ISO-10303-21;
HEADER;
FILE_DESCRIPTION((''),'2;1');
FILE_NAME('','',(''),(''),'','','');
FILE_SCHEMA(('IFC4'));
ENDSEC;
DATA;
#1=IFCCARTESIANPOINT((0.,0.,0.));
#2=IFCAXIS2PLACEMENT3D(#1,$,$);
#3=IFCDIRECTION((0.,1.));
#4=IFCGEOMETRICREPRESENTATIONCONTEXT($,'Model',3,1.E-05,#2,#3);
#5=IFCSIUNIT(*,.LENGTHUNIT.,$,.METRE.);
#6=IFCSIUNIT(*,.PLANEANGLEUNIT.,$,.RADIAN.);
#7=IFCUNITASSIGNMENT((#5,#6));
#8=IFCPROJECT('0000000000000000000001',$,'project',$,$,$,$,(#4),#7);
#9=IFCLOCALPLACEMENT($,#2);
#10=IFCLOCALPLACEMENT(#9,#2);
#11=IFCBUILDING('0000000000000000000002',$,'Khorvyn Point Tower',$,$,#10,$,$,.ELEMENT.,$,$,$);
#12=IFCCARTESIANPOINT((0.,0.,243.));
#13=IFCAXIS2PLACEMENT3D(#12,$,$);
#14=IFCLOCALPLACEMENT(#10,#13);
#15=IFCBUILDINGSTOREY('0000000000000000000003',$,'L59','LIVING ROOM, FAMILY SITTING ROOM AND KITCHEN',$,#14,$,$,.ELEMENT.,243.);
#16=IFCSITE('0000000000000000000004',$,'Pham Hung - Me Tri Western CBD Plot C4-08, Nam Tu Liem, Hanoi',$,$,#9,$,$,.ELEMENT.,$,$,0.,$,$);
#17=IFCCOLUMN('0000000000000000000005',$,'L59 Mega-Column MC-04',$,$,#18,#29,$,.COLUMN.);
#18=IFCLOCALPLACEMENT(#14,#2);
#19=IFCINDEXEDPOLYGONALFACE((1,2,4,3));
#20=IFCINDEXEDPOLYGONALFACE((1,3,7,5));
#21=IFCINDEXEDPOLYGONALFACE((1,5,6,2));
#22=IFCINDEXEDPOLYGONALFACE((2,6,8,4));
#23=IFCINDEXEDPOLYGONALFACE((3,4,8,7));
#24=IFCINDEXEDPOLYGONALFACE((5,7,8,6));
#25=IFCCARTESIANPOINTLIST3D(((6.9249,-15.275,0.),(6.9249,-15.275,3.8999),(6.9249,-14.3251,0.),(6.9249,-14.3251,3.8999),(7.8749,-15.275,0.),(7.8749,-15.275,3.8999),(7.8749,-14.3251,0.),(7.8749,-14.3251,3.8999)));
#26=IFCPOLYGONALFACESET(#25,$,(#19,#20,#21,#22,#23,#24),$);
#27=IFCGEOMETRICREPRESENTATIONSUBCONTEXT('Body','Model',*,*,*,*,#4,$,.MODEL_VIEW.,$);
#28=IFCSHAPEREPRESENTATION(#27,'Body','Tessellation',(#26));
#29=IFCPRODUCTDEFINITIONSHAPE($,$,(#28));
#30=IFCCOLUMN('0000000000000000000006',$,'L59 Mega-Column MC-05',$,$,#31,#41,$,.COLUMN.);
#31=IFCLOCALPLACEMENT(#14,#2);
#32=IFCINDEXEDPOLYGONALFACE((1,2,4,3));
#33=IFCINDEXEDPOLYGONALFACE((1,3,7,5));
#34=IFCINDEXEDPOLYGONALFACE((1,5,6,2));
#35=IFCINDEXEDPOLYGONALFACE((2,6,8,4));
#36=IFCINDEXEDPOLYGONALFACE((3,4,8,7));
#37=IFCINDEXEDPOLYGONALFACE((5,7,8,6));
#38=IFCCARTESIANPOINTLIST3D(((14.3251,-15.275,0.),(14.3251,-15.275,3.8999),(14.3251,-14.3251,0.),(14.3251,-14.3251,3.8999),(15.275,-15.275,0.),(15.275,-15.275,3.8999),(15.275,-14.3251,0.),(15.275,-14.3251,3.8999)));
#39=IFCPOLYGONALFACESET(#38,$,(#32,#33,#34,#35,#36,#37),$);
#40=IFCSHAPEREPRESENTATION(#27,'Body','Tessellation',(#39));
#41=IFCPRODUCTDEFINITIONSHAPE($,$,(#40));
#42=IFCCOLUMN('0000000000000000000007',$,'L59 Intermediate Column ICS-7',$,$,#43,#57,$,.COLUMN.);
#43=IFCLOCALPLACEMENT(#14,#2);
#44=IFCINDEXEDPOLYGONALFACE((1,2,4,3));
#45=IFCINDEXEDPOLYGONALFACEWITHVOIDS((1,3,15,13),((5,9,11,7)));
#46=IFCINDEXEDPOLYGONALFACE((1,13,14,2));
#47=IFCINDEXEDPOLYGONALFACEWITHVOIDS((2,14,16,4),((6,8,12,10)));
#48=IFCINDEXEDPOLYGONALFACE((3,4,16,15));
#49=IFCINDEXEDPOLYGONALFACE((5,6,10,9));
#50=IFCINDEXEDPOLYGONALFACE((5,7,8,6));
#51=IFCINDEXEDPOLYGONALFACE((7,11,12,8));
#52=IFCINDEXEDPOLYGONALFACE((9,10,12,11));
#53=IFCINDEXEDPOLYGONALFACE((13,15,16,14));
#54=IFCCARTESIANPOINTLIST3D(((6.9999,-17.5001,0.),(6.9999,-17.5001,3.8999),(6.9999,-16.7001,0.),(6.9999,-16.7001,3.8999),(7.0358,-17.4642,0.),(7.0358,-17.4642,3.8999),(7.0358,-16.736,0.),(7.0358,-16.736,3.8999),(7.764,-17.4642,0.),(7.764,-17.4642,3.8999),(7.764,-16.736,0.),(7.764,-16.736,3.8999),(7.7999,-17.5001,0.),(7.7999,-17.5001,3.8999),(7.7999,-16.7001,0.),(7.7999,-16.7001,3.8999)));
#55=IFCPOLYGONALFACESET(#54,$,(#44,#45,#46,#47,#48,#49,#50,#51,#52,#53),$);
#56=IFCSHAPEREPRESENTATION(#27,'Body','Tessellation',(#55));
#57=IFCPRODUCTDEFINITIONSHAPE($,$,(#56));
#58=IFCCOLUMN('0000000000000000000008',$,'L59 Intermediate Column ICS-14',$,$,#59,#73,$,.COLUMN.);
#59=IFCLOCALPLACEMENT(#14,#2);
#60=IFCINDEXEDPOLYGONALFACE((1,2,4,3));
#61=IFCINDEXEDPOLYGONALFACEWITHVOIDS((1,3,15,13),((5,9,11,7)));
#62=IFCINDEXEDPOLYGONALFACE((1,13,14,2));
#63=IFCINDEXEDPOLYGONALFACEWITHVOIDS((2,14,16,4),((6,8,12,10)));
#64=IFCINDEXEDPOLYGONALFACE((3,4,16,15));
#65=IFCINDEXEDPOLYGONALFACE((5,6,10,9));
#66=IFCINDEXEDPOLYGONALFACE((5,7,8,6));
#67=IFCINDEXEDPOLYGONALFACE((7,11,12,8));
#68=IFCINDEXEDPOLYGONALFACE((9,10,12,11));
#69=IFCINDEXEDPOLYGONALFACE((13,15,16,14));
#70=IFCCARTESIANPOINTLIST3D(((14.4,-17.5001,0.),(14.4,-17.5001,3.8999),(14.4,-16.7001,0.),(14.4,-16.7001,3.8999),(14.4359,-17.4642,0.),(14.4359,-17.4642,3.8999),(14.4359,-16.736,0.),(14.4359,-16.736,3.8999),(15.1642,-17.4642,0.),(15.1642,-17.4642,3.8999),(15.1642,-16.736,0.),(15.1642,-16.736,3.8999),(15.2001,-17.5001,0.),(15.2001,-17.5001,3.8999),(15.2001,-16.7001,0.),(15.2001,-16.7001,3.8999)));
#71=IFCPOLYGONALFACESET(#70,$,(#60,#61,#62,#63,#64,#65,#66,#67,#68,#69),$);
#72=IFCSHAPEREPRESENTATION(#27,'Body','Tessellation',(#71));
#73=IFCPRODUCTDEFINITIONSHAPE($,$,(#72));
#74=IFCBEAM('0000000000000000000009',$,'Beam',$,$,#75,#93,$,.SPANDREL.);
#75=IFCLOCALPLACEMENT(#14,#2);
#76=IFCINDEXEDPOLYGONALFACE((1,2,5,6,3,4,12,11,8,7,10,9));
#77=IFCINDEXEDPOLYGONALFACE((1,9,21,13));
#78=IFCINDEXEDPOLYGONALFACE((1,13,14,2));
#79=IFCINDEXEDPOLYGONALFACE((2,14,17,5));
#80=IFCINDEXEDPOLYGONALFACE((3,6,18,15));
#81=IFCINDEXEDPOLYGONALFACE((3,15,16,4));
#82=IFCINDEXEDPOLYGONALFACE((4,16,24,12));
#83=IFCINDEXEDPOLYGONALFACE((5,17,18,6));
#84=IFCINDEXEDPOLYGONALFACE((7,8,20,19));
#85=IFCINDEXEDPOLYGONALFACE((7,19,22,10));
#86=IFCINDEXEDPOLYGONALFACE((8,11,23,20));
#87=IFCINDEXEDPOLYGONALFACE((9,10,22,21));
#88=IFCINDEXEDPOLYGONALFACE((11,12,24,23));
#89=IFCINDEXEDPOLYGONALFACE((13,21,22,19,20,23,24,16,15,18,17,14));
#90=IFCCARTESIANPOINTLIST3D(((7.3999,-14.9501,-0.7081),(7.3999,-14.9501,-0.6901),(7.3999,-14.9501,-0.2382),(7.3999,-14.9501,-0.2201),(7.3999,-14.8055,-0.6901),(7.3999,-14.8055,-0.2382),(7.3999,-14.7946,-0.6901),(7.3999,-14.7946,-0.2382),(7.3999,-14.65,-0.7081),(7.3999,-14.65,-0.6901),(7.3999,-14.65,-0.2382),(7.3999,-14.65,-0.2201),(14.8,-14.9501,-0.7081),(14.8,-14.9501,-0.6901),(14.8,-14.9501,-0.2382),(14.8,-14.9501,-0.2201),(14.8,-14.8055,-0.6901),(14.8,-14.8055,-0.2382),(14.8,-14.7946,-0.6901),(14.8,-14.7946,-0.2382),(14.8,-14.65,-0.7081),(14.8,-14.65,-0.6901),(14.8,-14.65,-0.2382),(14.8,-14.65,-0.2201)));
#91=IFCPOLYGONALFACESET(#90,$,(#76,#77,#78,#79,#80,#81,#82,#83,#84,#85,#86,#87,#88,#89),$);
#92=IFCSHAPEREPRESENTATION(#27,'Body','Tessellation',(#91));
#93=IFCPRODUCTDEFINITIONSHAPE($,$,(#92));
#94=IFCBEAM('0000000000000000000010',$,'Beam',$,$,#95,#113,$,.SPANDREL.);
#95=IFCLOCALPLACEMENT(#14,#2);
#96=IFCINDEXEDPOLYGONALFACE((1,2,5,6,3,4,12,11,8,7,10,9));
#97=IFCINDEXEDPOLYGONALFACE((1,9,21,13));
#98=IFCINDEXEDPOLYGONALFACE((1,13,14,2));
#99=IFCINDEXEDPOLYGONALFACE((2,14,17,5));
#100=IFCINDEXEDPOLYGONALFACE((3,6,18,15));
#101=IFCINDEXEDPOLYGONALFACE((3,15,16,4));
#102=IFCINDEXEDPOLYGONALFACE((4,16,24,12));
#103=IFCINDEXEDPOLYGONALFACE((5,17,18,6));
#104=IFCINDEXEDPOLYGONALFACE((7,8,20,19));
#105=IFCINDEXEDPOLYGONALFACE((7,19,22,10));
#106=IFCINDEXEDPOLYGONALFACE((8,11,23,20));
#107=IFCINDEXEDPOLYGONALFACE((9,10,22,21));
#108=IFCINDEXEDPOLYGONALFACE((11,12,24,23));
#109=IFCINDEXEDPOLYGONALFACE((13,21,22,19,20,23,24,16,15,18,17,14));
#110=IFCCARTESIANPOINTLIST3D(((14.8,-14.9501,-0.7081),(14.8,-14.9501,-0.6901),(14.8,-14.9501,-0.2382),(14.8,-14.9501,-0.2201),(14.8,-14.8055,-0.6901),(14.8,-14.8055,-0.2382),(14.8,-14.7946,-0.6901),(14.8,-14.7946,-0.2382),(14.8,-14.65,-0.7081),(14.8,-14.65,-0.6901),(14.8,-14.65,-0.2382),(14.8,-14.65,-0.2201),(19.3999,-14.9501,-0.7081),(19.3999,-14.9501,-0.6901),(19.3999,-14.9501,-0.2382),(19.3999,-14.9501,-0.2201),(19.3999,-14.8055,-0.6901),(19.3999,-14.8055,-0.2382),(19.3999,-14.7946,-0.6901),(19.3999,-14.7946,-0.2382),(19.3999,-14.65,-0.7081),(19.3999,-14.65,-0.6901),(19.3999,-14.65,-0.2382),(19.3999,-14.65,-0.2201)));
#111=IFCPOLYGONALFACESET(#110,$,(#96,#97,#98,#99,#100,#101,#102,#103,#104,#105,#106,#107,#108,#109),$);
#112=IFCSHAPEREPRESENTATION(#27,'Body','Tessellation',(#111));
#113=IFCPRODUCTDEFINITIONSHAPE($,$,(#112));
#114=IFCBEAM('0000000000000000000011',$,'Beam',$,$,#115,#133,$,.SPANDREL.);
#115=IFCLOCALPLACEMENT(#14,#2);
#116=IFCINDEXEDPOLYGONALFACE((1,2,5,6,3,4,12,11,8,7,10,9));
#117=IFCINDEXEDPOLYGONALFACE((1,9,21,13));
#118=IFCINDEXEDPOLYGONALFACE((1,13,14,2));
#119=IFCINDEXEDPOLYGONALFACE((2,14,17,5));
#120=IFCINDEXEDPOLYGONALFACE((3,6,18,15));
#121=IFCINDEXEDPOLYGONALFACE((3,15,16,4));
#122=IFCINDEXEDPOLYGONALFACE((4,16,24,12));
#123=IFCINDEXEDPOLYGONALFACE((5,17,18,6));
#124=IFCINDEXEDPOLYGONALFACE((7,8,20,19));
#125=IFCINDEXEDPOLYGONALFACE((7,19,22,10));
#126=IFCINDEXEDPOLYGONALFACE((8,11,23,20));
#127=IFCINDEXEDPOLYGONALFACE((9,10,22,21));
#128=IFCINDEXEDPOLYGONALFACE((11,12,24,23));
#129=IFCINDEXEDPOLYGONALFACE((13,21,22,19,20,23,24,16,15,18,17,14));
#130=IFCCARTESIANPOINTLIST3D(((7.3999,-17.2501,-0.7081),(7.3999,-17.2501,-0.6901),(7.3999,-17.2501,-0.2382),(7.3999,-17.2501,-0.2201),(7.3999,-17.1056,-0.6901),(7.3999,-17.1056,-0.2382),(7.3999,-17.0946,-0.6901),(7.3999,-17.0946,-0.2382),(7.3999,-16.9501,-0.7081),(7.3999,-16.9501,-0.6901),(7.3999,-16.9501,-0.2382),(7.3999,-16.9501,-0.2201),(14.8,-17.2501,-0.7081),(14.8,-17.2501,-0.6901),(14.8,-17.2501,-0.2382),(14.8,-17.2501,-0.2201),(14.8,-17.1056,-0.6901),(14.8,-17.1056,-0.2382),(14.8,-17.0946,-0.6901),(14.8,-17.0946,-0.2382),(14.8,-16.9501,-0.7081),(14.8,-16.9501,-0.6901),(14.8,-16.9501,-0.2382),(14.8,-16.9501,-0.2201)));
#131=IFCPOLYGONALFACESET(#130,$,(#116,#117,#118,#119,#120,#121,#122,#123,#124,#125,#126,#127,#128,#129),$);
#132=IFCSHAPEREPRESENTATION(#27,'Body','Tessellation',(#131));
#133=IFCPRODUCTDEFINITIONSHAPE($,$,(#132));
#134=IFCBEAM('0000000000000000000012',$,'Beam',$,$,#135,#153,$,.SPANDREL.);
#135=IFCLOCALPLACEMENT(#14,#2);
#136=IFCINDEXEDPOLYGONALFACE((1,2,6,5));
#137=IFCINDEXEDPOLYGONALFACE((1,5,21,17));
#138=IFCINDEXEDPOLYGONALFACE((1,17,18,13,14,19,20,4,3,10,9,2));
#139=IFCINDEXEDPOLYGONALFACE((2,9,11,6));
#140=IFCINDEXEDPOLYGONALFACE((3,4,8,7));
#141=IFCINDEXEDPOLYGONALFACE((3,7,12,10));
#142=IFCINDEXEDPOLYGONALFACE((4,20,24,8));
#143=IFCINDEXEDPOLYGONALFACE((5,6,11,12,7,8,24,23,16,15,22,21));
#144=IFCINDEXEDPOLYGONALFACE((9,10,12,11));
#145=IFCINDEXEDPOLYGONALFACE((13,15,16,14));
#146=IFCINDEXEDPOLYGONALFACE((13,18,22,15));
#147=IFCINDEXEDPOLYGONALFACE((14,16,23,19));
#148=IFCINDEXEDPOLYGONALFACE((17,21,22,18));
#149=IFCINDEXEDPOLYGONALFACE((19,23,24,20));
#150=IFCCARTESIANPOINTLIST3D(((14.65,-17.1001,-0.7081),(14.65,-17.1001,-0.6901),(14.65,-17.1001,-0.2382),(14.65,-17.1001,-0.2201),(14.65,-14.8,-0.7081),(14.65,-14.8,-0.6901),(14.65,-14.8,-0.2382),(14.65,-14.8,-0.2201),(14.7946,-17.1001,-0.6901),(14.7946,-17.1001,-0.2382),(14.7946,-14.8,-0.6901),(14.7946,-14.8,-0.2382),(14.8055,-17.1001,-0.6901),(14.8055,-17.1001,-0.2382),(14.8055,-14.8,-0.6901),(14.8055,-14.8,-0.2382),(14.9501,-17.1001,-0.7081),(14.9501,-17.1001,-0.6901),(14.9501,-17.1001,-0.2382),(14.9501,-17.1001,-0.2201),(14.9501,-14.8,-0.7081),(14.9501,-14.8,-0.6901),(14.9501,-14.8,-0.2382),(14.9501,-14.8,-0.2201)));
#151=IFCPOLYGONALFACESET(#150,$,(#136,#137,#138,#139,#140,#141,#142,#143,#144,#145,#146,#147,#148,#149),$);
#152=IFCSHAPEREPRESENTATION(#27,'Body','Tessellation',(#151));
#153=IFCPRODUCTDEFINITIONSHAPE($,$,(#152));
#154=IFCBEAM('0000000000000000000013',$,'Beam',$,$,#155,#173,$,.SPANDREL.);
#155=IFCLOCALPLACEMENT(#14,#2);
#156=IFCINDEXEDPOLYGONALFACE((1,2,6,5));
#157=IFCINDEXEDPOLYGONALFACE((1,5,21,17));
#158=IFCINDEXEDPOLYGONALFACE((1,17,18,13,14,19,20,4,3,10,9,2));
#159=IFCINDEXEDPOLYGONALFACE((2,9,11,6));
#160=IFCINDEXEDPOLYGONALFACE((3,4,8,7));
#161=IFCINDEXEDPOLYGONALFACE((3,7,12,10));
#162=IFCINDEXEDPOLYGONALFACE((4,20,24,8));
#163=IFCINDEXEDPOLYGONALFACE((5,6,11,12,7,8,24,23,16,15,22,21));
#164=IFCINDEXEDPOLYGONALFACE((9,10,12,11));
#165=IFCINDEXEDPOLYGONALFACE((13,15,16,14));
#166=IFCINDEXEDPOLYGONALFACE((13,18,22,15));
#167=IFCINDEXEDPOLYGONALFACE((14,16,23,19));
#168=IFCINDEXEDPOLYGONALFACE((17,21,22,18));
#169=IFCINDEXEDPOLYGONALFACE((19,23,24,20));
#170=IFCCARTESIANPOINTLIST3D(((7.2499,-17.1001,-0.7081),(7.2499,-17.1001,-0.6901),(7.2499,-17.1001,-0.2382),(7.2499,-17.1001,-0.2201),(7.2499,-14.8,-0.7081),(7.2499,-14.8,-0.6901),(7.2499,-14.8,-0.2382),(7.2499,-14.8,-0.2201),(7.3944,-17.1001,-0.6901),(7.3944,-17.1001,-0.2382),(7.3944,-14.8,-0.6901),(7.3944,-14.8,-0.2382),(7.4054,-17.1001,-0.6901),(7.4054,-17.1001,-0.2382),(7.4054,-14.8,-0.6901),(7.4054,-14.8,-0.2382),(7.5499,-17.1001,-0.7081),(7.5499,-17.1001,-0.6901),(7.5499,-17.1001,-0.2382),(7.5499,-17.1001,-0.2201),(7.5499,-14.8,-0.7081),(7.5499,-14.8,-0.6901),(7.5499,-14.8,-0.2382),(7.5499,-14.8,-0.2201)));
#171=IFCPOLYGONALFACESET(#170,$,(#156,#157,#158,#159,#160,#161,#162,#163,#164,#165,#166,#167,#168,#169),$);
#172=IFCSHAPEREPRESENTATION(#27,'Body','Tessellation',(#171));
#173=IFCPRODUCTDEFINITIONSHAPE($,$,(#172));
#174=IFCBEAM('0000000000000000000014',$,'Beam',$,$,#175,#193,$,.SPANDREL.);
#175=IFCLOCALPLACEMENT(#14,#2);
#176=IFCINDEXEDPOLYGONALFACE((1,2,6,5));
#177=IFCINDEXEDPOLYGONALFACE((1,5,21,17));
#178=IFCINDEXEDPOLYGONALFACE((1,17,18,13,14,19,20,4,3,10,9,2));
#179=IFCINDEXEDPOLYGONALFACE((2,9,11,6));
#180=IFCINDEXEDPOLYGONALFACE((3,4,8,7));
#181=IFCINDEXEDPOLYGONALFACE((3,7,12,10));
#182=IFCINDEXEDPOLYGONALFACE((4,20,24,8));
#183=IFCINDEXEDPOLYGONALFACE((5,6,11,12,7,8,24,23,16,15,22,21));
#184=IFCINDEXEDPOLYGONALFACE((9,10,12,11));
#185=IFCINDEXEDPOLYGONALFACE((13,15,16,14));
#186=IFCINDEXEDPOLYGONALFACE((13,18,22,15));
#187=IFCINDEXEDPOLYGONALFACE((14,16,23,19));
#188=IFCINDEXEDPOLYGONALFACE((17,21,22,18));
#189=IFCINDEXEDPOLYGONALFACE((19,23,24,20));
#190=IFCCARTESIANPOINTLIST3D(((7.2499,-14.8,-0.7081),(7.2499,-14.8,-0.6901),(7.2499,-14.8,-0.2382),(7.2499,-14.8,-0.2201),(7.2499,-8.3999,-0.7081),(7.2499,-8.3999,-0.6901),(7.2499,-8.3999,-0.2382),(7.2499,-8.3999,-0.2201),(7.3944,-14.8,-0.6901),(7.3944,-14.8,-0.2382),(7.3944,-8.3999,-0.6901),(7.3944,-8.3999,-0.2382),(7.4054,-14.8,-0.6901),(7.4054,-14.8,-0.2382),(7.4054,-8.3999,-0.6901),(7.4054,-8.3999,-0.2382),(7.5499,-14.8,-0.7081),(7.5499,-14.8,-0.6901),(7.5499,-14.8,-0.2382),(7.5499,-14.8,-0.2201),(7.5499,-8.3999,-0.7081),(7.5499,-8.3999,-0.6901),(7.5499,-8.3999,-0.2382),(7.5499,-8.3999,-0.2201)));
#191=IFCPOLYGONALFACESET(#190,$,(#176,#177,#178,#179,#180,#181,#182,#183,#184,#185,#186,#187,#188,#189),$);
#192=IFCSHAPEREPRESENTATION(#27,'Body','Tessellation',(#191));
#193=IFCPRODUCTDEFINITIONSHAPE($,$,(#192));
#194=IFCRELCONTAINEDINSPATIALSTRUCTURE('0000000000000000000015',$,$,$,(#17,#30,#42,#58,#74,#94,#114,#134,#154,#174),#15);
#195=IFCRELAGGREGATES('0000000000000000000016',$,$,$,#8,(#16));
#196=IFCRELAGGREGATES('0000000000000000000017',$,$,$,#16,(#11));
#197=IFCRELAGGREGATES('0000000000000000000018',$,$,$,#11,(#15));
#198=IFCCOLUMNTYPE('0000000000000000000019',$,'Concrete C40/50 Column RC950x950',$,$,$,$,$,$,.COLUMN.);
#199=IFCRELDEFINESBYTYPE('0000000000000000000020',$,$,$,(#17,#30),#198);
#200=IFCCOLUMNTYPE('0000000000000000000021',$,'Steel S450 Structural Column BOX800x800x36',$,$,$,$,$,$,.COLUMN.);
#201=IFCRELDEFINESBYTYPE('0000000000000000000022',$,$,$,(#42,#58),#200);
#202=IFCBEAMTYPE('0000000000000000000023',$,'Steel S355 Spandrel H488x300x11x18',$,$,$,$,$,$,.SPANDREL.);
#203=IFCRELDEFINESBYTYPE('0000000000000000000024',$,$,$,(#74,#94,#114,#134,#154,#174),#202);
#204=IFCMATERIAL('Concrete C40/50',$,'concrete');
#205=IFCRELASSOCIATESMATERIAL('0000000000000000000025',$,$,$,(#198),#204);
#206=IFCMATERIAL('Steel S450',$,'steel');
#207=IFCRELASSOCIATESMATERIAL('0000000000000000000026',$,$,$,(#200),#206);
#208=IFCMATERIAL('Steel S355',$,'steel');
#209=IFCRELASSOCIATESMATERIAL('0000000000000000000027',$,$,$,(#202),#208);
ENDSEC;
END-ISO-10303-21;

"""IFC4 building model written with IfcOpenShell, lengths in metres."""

from ifc_helpers import new_model, si_unit, direction, frame, origin, origin_2d, place, context, subcontext, project, spatial, rectangle, hollow_rectangle, i_section, extrude, material, material_profile, profile_set, type_object, element, save


model = new_model("IFC4")

# Units and contexts
model_context = context("Model", 3, precision=1e-05, world=origin(), true_north=direction((0.0, 1.0)))
body_context = subcontext(model_context, "Body", "Model", "MODEL_VIEW")
ifc_project = project(units=[si_unit("LENGTHUNIT", "METRE"), si_unit("PLANEANGLEUNIT", "RADIAN")], contexts=[model_context])

# Site, building, storey
site_placement = place(None, origin())
site = spatial("IfcSite", under=ifc_project, at=site_placement, Name="Pham Hung - Me Tri Western CBD Plot C4-08, Nam Tu Liem, Hanoi", CompositionType="ELEMENT", RefElevation=0.0)
building_placement = place(site_placement, origin())
building = spatial("IfcBuilding", under=site, at=building_placement, Name="Khorvyn Point Tower", CompositionType="ELEMENT")
storey_placement = place(building_placement, frame((0.0, 0.0, 243.0)))
storey = spatial("IfcBuildingStorey", under=building, at=storey_placement, Name="L59", Description="LIVING ROOM, FAMILY SITTING ROOM AND KITCHEN", CompositionType="ELEMENT", Elevation=243.0)

# Columns
ifc_material_1 = material(Name="Concrete C40/50", Category="concrete")
ifc_material_profile_1 = material_profile(ifc_material_1, rectangle(XDim=0.95, YDim=0.95, at=origin_2d()))
ifc_profile_set_1 = profile_set([ifc_material_profile_1], Name="Concrete C40/50 RC950x950")
column_type_1 = type_object("IfcColumnType", Name="Concrete C40/50 Column RC950x950", PredefinedType="COLUMN", material=ifc_profile_set_1)
for number, where, z_axis, x_axis, name in (
    (1, (7.3999, -14.8, 0.0), (0.0, 0.0, 1.0), (1.0, 0.0, 0.0), "L59 Mega-Column MC-04"),
    (2, (14.8, -14.8, 0.0), (0.0, 0.0, 1.0), (1.0, 0.0, 0.0), "L59 Mega-Column MC-05"),
):
    element("IfcColumn", number, at=place(storey_placement, frame(where, z_axis=z_axis, x_axis=x_axis)), inside=storey, type_object=column_type_1, Name=name, PredefinedType="COLUMN", context=body_context, shape_type="SweptSolid", body=[
        extrude(rectangle(XDim=0.95, YDim=0.95, at=origin_2d()), origin(), (0.0, 0.0, 1.0), 3.8999),
    ])
ifc_material_2 = material(Name="Steel S450", Category="steel")
ifc_material_profile_2 = material_profile(ifc_material_2, hollow_rectangle(XDim=0.8, YDim=0.8, WallThickness=0.0359, at=origin_2d()))
ifc_profile_set_2 = profile_set([ifc_material_profile_2], Name="Steel S450 BOX800x800x36")
column_type_2 = type_object("IfcColumnType", Name="Steel S450 Structural Column BOX800x800x36", PredefinedType="COLUMN", material=ifc_profile_set_2)
for number, where, z_axis, x_axis, name in (
    (3, (7.3999, -17.1001, 0.0), (0.0, 0.0, 1.0), (1.0, 0.0, 0.0), "L59 Intermediate Column ICS-7"),
    (4, (14.8, -17.1001, 0.0), (0.0, 0.0, 1.0), (1.0, 0.0, 0.0), "L59 Intermediate Column ICS-14"),
):
    element("IfcColumn", number, at=place(storey_placement, frame(where, z_axis=z_axis, x_axis=x_axis)), inside=storey, type_object=column_type_2, Name=name, PredefinedType="COLUMN", context=body_context, shape_type="SweptSolid", body=[
        extrude(hollow_rectangle(XDim=0.8, YDim=0.8, WallThickness=0.0359, at=origin_2d()), origin(), (0.0, 0.0, 1.0), 3.8999),
    ])

# Beams
ifc_material_3 = material(Name="Steel S355", Category="steel")
ifc_material_profile_3 = material_profile(ifc_material_3, i_section(OverallWidth=0.3, OverallDepth=0.488, WebThickness=0.011, FlangeThickness=0.0181, at=origin_2d()))
ifc_profile_set_3 = profile_set([ifc_material_profile_3], Name="Steel S355 H488x300x11x18")
beam_type = type_object("IfcBeamType", Name="Steel S355 Spandrel H488x300x11x18", PredefinedType="SPANDREL", material=ifc_profile_set_3)
beam_1_placement = place(storey_placement, frame((7.3999, -14.8, -0.4641), z_axis=(1.0, 0.0, 0.0), x_axis=(0.0, 1.0, 0.0)))
element("IfcBeam", 5, at=beam_1_placement, inside=storey, type_object=beam_type, Name="Beam", PredefinedType="SPANDREL", context=body_context, shape_type="SweptSolid", body=[
    extrude(i_section(OverallWidth=0.3, OverallDepth=0.488, WebThickness=0.011, FlangeThickness=0.0181, at=origin_2d()), origin(), (0.0, 0.0, 1.0), 7.4001),
])
beam_2_placement = place(storey_placement, frame((14.8, -14.8, -0.4641), z_axis=(1.0, 0.0, 0.0), x_axis=(0.0, 1.0, 0.0)))
element("IfcBeam", 6, at=beam_2_placement, inside=storey, type_object=beam_type, Name="Beam", PredefinedType="SPANDREL", context=body_context, shape_type="SweptSolid", body=[
    extrude(i_section(OverallWidth=0.3, OverallDepth=0.488, WebThickness=0.011, FlangeThickness=0.0181, at=origin_2d()), origin(), (0.0, 0.0, 1.0), 4.5999),
])
beam_3_placement = place(storey_placement, frame((7.3999, -17.1001, -0.4641), z_axis=(1.0, 0.0, 0.0), x_axis=(0.0, 1.0, 0.0)))
element("IfcBeam", 7, at=beam_3_placement, inside=storey, type_object=beam_type, Name="Beam", PredefinedType="SPANDREL", context=body_context, shape_type="SweptSolid", body=[
    extrude(i_section(OverallWidth=0.3, OverallDepth=0.488, WebThickness=0.011, FlangeThickness=0.0181, at=origin_2d()), origin(), (0.0, 0.0, 1.0), 7.4001),
])
for number, where, z_axis, x_axis, name in (
    (8, (14.8, -17.1001, -0.4641), (0.0, 1.0, 0.0), (-1.0, 0.0, 0.0), "Beam"),
    (9, (7.3999, -17.1001, -0.4641), (0.0, 1.0, 0.0), (-1.0, 0.0, 0.0), "Beam"),
):
    element("IfcBeam", number, at=place(storey_placement, frame(where, z_axis=z_axis, x_axis=x_axis)), inside=storey, type_object=beam_type, Name=name, PredefinedType="SPANDREL", context=body_context, shape_type="SweptSolid", body=[
        extrude(i_section(OverallWidth=0.3, OverallDepth=0.488, WebThickness=0.011, FlangeThickness=0.0181, at=origin_2d()), origin(), (0.0, 0.0, 1.0), 2.3),
    ])
beam_4_placement = place(storey_placement, frame((7.3999, -14.8, -0.4641), z_axis=(0.0, 1.0, 0.0), x_axis=(-1.0, 0.0, 0.0)))
element("IfcBeam", 10, at=beam_4_placement, inside=storey, type_object=beam_type, Name="Beam", PredefinedType="SPANDREL", context=body_context, shape_type="SweptSolid", body=[
    extrude(i_section(OverallWidth=0.3, OverallDepth=0.488, WebThickness=0.011, FlangeThickness=0.0181, at=origin_2d()), origin(), (0.0, 0.0, 1.0), 6.4001),
])

save(model, "model.ifc")
